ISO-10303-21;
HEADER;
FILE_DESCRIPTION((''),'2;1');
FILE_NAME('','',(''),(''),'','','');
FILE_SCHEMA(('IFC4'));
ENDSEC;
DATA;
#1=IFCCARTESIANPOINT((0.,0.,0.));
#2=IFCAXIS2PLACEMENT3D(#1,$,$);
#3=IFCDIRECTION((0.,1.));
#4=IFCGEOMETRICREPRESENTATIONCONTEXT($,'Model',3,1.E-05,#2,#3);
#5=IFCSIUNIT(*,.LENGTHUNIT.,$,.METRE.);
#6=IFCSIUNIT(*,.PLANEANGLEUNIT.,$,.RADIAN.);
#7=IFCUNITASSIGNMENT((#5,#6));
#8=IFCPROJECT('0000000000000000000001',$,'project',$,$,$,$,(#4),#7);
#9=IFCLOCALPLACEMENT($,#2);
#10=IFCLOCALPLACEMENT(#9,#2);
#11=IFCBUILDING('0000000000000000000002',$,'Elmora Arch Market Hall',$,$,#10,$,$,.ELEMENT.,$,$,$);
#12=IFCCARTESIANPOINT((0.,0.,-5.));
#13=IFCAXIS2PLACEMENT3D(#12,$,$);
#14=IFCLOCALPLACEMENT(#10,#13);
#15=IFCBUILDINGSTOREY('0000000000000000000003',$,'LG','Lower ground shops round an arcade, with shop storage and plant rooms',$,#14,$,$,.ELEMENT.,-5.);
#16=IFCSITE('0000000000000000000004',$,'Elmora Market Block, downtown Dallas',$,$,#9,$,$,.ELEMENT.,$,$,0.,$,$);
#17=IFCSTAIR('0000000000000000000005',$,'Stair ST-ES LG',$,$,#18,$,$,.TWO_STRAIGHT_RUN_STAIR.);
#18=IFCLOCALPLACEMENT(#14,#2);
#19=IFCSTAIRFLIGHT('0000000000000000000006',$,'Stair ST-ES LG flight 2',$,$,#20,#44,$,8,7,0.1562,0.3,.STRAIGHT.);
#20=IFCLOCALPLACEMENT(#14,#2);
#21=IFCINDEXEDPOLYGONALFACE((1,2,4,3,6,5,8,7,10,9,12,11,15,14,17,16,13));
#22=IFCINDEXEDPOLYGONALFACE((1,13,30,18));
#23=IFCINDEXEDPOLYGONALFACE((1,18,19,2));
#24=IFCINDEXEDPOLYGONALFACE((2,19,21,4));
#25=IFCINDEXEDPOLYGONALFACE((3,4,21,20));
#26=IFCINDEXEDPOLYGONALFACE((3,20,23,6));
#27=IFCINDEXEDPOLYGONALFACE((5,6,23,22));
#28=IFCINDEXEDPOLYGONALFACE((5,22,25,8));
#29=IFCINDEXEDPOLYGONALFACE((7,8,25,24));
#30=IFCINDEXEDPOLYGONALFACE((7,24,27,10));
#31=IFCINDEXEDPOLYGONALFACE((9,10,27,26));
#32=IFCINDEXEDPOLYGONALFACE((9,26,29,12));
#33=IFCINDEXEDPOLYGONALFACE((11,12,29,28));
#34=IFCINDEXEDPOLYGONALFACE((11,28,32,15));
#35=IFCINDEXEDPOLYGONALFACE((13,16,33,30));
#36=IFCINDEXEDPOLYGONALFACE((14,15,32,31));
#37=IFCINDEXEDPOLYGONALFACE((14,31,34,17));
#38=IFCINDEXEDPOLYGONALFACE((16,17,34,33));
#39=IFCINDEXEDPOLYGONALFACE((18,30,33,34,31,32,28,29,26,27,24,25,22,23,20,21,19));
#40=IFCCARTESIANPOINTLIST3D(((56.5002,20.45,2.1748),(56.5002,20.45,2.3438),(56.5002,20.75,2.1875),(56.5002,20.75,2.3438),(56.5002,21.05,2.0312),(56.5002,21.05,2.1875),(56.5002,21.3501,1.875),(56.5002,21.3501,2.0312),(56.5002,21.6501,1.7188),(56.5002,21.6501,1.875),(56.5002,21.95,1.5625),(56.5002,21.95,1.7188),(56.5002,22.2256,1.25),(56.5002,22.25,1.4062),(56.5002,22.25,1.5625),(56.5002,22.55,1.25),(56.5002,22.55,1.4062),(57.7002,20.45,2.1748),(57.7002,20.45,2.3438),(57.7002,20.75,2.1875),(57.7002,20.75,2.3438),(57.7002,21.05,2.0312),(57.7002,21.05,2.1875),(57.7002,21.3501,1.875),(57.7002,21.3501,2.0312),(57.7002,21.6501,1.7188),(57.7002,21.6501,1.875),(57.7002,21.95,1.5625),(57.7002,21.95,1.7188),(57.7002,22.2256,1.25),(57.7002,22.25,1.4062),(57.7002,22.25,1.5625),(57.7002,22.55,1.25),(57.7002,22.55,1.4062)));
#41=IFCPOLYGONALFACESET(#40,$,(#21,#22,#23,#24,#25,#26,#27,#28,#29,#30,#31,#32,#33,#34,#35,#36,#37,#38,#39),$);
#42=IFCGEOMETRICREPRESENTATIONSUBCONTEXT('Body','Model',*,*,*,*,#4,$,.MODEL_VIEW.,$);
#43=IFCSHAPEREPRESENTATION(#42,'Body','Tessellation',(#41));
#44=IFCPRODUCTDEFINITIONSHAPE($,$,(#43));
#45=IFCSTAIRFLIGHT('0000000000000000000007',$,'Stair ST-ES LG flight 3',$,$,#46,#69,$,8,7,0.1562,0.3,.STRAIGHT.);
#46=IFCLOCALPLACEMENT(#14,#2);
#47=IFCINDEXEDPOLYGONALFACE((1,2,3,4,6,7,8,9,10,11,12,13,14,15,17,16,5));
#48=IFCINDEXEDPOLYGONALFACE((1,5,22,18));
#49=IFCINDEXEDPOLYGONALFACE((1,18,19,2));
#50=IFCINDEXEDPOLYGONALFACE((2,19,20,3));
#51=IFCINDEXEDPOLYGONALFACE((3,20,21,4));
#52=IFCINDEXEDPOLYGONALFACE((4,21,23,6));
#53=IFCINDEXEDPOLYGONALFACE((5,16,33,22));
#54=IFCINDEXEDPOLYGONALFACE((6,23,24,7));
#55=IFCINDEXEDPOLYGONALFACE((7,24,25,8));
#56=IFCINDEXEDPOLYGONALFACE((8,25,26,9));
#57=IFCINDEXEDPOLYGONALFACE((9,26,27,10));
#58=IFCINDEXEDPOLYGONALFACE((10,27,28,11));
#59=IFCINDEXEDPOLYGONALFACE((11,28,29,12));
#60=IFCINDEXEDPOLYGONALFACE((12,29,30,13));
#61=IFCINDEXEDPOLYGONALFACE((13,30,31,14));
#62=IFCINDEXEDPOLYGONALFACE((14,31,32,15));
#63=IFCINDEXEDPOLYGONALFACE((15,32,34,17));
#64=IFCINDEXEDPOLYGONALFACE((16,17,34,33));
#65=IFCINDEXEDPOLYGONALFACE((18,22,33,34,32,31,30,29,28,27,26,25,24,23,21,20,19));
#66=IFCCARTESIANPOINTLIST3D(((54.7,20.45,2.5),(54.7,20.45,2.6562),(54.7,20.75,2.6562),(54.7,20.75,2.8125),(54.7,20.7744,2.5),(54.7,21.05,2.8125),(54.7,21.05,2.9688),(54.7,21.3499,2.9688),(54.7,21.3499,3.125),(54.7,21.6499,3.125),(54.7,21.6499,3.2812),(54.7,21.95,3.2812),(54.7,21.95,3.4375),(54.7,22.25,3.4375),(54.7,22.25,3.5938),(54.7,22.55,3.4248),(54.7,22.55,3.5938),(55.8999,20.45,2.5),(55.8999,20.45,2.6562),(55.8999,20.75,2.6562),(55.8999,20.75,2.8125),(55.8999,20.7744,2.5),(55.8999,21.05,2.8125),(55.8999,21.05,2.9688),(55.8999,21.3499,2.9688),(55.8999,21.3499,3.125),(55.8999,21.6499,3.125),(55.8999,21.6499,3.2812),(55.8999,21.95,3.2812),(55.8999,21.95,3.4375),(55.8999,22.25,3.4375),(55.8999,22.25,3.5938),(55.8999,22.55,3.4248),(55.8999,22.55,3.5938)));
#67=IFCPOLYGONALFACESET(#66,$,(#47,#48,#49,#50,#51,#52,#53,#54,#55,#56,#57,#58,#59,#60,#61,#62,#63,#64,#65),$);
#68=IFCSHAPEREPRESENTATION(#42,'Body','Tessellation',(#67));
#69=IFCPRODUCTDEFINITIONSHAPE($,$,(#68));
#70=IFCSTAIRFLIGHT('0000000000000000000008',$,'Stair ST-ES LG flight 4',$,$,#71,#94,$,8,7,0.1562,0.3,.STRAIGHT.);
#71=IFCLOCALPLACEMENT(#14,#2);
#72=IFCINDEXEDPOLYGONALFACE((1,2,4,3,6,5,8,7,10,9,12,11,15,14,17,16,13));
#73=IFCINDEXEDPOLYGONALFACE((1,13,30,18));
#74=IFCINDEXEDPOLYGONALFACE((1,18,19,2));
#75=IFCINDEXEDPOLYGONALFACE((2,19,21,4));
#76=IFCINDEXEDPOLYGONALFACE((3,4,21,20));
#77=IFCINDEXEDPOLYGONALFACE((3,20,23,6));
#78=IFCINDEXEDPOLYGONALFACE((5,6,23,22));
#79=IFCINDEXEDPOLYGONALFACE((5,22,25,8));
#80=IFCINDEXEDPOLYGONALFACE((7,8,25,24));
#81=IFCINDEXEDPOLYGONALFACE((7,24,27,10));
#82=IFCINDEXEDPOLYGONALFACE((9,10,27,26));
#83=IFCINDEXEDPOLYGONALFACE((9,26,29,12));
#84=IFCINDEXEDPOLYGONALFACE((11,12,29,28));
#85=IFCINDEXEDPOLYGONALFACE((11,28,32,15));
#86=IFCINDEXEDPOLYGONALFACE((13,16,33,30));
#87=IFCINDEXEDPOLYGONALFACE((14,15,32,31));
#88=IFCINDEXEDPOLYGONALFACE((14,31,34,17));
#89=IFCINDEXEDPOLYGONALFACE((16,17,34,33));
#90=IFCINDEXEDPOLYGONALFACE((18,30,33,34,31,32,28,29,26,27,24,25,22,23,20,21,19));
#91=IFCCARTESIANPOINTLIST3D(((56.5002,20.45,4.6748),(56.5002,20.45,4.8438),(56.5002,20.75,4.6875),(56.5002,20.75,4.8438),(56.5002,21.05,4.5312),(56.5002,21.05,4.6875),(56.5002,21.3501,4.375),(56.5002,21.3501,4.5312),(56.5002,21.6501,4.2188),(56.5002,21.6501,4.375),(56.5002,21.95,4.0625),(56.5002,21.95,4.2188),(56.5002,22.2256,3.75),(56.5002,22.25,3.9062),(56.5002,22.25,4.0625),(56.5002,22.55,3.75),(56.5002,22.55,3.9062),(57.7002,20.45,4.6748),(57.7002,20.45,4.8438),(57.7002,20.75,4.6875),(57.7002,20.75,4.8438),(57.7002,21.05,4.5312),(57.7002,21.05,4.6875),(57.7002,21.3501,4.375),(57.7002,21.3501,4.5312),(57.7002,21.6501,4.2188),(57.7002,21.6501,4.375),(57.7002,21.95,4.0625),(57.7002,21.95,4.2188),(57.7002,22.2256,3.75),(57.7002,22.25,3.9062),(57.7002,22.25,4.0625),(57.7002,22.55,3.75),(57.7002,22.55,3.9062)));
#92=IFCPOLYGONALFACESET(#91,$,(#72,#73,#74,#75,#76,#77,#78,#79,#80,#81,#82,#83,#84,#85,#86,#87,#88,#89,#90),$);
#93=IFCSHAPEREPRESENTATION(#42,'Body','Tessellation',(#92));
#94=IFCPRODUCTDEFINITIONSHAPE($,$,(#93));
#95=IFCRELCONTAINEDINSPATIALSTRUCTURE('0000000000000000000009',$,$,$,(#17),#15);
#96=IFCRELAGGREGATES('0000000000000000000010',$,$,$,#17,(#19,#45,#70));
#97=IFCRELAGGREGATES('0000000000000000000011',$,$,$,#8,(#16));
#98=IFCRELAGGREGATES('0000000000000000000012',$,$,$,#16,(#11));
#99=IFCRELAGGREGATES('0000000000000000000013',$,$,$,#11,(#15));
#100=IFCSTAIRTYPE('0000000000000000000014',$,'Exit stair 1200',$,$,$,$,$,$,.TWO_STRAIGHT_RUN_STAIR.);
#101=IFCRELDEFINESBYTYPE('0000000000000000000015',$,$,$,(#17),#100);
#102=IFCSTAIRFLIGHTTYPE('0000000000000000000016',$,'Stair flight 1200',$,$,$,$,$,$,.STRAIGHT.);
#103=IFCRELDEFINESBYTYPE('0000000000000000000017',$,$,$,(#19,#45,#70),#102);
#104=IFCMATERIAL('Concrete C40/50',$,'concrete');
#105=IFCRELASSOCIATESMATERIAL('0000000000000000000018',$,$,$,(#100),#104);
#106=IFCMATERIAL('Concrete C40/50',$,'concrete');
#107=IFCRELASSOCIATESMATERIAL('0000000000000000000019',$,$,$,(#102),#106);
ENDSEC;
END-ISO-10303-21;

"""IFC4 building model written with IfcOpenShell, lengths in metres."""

from ifc_helpers import new_model, si_unit, direction, frame, origin, place, context, subcontext, project, spatial, polyline, outline, extrude, material, type_object, element, aggregate, save


model = new_model("IFC4")

# Units and contexts
model_context = context("Model", 3, precision=1e-05, world=origin(), true_north=direction((0.0, 1.0)))
body_context = subcontext(model_context, "Body", "Model", "MODEL_VIEW")
ifc_project = project(units=[si_unit("LENGTHUNIT", "METRE"), si_unit("PLANEANGLEUNIT", "RADIAN")], contexts=[model_context])

# Site, building, storey
site_placement = place(None, origin())
site = spatial("IfcSite", under=ifc_project, at=site_placement, Name="Elmora Market Block, downtown Dallas", CompositionType="ELEMENT", RefElevation=0.0)
building_placement = place(site_placement, origin())
building = spatial("IfcBuilding", under=site, at=building_placement, Name="Elmora Arch Market Hall", CompositionType="ELEMENT")
storey_placement = place(building_placement, frame((0.0, 0.0, -5.0)))
storey = spatial("IfcBuildingStorey", under=building, at=storey_placement, Name="LG", Description="Lower ground shops round an arcade, with shop storage and plant rooms", CompositionType="ELEMENT", Elevation=-5.0)

# Stair, stair flights
ifc_material_1 = material(Name="Concrete C40/50", Category="concrete")
stair_type = type_object("IfcStairType", Name="Exit stair 1200", PredefinedType="TWO_STRAIGHT_RUN_STAIR", material=ifc_material_1)
stair_placement = place(storey_placement, origin())
stair = element("IfcStair", 1, at=stair_placement, inside=storey, type_object=stair_type, Name="Stair ST-ES LG", PredefinedType="TWO_STRAIGHT_RUN_STAIR")
ifc_material_2 = material(Name="Concrete C40/50", Category="concrete")
stair_flight_type = type_object("IfcStairFlightType", Name="Stair flight 1200", PredefinedType="STRAIGHT", material=ifc_material_2)
stair_flight_1_placement = place(storey_placement, frame((57.1001, 22.55, 1.25), z_axis=(0.0, 0.0, 1.0), x_axis=(0.0, -1.0, 0.0)))
stair_flight_1 = element("IfcStairFlight", 2, at=stair_flight_1_placement, type_object=stair_flight_type, Name="Stair ST-ES LG flight 2", NumberOfRisers=8, NumberOfTreads=7, PredefinedType="STRAIGHT", RiserHeight=0.1562, TreadLength=0.3, context=body_context, shape_type="SweptSolid", body=[
    extrude(outline(polyline([(0.0, 0.0), (0.0, 0.1562), (0.3, 0.1562), (0.3, 0.3125), (0.6001, 0.3125), (0.6001, 0.4688), (0.8999, 0.4688), (0.8999, 0.625), (1.2, 0.625), (1.2, 0.7812), (1.5, 0.7812), (1.5, 0.9375), (1.8, 0.9375), (1.8, 1.0938), (2.1001, 1.0938), (2.1001, 1.25), (2.1001, 0.9248), (0.3245, 0.0), (0.0, 0.0)])), frame((0.0, 0.6001, 0.0), z_axis=(0.0, -1.0, 0.0), x_axis=(1.0, 0.0, 0.0)), (0.0, 0.0, 1.0), 1.2),
])
stair_flight_2_placement = place(storey_placement, frame((55.3, 20.45, 2.5), z_axis=(0.0, 0.0, 1.0), x_axis=(0.0, 1.0, 0.0)))
stair_flight_2 = element("IfcStairFlight", 3, at=stair_flight_2_placement, type_object=stair_flight_type, Name="Stair ST-ES LG flight 3", NumberOfRisers=8, NumberOfTreads=7, PredefinedType="STRAIGHT", RiserHeight=0.1562, TreadLength=0.3, context=body_context, shape_type="SweptSolid", body=[
    extrude(outline(polyline([(0.0, 0.0), (0.0, 0.1562), (0.3, 0.1562), (0.3, 0.3125), (0.6001, 0.3125), (0.6001, 0.4688), (0.8999, 0.4688), (0.8999, 0.625), (1.2, 0.625), (1.2, 0.7812), (1.5, 0.7812), (1.5, 0.9375), (1.8, 0.9375), (1.8, 1.0938), (2.1001, 1.0938), (2.1001, 1.25), (2.1001, 0.9248), (0.3245, 0.0), (0.0, 0.0)])), frame((0.0, 0.6001, 0.0), z_axis=(0.0, -1.0, 0.0), x_axis=(1.0, 0.0, 0.0)), (0.0, 0.0, 1.0), 1.2),
])
stair_flight_3_placement = place(storey_placement, frame((57.1001, 22.55, 3.75), z_axis=(0.0, 0.0, 1.0), x_axis=(0.0, -1.0, 0.0)))
stair_flight_3 = element("IfcStairFlight", 4, at=stair_flight_3_placement, type_object=stair_flight_type, Name="Stair ST-ES LG flight 4", NumberOfRisers=8, NumberOfTreads=7, PredefinedType="STRAIGHT", RiserHeight=0.1562, TreadLength=0.3, context=body_context, shape_type="SweptSolid", body=[
    extrude(outline(polyline([(0.0, 0.0), (0.0, 0.1562), (0.3, 0.1562), (0.3, 0.3125), (0.6001, 0.3125), (0.6001, 0.4688), (0.8999, 0.4688), (0.8999, 0.625), (1.2, 0.625), (1.2, 0.7812), (1.5, 0.7812), (1.5, 0.9375), (1.8, 0.9375), (1.8, 1.0938), (2.1001, 1.0938), (2.1001, 1.25), (2.1001, 0.9248), (0.3245, 0.0), (0.0, 0.0)])), frame((0.0, 0.6001, 0.0), z_axis=(0.0, -1.0, 0.0), x_axis=(1.0, 0.0, 0.0)), (0.0, 0.0, 1.0), 1.2),
])
aggregate(stair, [stair_flight_1, stair_flight_2, stair_flight_3])

save(model, "model.ifc")
